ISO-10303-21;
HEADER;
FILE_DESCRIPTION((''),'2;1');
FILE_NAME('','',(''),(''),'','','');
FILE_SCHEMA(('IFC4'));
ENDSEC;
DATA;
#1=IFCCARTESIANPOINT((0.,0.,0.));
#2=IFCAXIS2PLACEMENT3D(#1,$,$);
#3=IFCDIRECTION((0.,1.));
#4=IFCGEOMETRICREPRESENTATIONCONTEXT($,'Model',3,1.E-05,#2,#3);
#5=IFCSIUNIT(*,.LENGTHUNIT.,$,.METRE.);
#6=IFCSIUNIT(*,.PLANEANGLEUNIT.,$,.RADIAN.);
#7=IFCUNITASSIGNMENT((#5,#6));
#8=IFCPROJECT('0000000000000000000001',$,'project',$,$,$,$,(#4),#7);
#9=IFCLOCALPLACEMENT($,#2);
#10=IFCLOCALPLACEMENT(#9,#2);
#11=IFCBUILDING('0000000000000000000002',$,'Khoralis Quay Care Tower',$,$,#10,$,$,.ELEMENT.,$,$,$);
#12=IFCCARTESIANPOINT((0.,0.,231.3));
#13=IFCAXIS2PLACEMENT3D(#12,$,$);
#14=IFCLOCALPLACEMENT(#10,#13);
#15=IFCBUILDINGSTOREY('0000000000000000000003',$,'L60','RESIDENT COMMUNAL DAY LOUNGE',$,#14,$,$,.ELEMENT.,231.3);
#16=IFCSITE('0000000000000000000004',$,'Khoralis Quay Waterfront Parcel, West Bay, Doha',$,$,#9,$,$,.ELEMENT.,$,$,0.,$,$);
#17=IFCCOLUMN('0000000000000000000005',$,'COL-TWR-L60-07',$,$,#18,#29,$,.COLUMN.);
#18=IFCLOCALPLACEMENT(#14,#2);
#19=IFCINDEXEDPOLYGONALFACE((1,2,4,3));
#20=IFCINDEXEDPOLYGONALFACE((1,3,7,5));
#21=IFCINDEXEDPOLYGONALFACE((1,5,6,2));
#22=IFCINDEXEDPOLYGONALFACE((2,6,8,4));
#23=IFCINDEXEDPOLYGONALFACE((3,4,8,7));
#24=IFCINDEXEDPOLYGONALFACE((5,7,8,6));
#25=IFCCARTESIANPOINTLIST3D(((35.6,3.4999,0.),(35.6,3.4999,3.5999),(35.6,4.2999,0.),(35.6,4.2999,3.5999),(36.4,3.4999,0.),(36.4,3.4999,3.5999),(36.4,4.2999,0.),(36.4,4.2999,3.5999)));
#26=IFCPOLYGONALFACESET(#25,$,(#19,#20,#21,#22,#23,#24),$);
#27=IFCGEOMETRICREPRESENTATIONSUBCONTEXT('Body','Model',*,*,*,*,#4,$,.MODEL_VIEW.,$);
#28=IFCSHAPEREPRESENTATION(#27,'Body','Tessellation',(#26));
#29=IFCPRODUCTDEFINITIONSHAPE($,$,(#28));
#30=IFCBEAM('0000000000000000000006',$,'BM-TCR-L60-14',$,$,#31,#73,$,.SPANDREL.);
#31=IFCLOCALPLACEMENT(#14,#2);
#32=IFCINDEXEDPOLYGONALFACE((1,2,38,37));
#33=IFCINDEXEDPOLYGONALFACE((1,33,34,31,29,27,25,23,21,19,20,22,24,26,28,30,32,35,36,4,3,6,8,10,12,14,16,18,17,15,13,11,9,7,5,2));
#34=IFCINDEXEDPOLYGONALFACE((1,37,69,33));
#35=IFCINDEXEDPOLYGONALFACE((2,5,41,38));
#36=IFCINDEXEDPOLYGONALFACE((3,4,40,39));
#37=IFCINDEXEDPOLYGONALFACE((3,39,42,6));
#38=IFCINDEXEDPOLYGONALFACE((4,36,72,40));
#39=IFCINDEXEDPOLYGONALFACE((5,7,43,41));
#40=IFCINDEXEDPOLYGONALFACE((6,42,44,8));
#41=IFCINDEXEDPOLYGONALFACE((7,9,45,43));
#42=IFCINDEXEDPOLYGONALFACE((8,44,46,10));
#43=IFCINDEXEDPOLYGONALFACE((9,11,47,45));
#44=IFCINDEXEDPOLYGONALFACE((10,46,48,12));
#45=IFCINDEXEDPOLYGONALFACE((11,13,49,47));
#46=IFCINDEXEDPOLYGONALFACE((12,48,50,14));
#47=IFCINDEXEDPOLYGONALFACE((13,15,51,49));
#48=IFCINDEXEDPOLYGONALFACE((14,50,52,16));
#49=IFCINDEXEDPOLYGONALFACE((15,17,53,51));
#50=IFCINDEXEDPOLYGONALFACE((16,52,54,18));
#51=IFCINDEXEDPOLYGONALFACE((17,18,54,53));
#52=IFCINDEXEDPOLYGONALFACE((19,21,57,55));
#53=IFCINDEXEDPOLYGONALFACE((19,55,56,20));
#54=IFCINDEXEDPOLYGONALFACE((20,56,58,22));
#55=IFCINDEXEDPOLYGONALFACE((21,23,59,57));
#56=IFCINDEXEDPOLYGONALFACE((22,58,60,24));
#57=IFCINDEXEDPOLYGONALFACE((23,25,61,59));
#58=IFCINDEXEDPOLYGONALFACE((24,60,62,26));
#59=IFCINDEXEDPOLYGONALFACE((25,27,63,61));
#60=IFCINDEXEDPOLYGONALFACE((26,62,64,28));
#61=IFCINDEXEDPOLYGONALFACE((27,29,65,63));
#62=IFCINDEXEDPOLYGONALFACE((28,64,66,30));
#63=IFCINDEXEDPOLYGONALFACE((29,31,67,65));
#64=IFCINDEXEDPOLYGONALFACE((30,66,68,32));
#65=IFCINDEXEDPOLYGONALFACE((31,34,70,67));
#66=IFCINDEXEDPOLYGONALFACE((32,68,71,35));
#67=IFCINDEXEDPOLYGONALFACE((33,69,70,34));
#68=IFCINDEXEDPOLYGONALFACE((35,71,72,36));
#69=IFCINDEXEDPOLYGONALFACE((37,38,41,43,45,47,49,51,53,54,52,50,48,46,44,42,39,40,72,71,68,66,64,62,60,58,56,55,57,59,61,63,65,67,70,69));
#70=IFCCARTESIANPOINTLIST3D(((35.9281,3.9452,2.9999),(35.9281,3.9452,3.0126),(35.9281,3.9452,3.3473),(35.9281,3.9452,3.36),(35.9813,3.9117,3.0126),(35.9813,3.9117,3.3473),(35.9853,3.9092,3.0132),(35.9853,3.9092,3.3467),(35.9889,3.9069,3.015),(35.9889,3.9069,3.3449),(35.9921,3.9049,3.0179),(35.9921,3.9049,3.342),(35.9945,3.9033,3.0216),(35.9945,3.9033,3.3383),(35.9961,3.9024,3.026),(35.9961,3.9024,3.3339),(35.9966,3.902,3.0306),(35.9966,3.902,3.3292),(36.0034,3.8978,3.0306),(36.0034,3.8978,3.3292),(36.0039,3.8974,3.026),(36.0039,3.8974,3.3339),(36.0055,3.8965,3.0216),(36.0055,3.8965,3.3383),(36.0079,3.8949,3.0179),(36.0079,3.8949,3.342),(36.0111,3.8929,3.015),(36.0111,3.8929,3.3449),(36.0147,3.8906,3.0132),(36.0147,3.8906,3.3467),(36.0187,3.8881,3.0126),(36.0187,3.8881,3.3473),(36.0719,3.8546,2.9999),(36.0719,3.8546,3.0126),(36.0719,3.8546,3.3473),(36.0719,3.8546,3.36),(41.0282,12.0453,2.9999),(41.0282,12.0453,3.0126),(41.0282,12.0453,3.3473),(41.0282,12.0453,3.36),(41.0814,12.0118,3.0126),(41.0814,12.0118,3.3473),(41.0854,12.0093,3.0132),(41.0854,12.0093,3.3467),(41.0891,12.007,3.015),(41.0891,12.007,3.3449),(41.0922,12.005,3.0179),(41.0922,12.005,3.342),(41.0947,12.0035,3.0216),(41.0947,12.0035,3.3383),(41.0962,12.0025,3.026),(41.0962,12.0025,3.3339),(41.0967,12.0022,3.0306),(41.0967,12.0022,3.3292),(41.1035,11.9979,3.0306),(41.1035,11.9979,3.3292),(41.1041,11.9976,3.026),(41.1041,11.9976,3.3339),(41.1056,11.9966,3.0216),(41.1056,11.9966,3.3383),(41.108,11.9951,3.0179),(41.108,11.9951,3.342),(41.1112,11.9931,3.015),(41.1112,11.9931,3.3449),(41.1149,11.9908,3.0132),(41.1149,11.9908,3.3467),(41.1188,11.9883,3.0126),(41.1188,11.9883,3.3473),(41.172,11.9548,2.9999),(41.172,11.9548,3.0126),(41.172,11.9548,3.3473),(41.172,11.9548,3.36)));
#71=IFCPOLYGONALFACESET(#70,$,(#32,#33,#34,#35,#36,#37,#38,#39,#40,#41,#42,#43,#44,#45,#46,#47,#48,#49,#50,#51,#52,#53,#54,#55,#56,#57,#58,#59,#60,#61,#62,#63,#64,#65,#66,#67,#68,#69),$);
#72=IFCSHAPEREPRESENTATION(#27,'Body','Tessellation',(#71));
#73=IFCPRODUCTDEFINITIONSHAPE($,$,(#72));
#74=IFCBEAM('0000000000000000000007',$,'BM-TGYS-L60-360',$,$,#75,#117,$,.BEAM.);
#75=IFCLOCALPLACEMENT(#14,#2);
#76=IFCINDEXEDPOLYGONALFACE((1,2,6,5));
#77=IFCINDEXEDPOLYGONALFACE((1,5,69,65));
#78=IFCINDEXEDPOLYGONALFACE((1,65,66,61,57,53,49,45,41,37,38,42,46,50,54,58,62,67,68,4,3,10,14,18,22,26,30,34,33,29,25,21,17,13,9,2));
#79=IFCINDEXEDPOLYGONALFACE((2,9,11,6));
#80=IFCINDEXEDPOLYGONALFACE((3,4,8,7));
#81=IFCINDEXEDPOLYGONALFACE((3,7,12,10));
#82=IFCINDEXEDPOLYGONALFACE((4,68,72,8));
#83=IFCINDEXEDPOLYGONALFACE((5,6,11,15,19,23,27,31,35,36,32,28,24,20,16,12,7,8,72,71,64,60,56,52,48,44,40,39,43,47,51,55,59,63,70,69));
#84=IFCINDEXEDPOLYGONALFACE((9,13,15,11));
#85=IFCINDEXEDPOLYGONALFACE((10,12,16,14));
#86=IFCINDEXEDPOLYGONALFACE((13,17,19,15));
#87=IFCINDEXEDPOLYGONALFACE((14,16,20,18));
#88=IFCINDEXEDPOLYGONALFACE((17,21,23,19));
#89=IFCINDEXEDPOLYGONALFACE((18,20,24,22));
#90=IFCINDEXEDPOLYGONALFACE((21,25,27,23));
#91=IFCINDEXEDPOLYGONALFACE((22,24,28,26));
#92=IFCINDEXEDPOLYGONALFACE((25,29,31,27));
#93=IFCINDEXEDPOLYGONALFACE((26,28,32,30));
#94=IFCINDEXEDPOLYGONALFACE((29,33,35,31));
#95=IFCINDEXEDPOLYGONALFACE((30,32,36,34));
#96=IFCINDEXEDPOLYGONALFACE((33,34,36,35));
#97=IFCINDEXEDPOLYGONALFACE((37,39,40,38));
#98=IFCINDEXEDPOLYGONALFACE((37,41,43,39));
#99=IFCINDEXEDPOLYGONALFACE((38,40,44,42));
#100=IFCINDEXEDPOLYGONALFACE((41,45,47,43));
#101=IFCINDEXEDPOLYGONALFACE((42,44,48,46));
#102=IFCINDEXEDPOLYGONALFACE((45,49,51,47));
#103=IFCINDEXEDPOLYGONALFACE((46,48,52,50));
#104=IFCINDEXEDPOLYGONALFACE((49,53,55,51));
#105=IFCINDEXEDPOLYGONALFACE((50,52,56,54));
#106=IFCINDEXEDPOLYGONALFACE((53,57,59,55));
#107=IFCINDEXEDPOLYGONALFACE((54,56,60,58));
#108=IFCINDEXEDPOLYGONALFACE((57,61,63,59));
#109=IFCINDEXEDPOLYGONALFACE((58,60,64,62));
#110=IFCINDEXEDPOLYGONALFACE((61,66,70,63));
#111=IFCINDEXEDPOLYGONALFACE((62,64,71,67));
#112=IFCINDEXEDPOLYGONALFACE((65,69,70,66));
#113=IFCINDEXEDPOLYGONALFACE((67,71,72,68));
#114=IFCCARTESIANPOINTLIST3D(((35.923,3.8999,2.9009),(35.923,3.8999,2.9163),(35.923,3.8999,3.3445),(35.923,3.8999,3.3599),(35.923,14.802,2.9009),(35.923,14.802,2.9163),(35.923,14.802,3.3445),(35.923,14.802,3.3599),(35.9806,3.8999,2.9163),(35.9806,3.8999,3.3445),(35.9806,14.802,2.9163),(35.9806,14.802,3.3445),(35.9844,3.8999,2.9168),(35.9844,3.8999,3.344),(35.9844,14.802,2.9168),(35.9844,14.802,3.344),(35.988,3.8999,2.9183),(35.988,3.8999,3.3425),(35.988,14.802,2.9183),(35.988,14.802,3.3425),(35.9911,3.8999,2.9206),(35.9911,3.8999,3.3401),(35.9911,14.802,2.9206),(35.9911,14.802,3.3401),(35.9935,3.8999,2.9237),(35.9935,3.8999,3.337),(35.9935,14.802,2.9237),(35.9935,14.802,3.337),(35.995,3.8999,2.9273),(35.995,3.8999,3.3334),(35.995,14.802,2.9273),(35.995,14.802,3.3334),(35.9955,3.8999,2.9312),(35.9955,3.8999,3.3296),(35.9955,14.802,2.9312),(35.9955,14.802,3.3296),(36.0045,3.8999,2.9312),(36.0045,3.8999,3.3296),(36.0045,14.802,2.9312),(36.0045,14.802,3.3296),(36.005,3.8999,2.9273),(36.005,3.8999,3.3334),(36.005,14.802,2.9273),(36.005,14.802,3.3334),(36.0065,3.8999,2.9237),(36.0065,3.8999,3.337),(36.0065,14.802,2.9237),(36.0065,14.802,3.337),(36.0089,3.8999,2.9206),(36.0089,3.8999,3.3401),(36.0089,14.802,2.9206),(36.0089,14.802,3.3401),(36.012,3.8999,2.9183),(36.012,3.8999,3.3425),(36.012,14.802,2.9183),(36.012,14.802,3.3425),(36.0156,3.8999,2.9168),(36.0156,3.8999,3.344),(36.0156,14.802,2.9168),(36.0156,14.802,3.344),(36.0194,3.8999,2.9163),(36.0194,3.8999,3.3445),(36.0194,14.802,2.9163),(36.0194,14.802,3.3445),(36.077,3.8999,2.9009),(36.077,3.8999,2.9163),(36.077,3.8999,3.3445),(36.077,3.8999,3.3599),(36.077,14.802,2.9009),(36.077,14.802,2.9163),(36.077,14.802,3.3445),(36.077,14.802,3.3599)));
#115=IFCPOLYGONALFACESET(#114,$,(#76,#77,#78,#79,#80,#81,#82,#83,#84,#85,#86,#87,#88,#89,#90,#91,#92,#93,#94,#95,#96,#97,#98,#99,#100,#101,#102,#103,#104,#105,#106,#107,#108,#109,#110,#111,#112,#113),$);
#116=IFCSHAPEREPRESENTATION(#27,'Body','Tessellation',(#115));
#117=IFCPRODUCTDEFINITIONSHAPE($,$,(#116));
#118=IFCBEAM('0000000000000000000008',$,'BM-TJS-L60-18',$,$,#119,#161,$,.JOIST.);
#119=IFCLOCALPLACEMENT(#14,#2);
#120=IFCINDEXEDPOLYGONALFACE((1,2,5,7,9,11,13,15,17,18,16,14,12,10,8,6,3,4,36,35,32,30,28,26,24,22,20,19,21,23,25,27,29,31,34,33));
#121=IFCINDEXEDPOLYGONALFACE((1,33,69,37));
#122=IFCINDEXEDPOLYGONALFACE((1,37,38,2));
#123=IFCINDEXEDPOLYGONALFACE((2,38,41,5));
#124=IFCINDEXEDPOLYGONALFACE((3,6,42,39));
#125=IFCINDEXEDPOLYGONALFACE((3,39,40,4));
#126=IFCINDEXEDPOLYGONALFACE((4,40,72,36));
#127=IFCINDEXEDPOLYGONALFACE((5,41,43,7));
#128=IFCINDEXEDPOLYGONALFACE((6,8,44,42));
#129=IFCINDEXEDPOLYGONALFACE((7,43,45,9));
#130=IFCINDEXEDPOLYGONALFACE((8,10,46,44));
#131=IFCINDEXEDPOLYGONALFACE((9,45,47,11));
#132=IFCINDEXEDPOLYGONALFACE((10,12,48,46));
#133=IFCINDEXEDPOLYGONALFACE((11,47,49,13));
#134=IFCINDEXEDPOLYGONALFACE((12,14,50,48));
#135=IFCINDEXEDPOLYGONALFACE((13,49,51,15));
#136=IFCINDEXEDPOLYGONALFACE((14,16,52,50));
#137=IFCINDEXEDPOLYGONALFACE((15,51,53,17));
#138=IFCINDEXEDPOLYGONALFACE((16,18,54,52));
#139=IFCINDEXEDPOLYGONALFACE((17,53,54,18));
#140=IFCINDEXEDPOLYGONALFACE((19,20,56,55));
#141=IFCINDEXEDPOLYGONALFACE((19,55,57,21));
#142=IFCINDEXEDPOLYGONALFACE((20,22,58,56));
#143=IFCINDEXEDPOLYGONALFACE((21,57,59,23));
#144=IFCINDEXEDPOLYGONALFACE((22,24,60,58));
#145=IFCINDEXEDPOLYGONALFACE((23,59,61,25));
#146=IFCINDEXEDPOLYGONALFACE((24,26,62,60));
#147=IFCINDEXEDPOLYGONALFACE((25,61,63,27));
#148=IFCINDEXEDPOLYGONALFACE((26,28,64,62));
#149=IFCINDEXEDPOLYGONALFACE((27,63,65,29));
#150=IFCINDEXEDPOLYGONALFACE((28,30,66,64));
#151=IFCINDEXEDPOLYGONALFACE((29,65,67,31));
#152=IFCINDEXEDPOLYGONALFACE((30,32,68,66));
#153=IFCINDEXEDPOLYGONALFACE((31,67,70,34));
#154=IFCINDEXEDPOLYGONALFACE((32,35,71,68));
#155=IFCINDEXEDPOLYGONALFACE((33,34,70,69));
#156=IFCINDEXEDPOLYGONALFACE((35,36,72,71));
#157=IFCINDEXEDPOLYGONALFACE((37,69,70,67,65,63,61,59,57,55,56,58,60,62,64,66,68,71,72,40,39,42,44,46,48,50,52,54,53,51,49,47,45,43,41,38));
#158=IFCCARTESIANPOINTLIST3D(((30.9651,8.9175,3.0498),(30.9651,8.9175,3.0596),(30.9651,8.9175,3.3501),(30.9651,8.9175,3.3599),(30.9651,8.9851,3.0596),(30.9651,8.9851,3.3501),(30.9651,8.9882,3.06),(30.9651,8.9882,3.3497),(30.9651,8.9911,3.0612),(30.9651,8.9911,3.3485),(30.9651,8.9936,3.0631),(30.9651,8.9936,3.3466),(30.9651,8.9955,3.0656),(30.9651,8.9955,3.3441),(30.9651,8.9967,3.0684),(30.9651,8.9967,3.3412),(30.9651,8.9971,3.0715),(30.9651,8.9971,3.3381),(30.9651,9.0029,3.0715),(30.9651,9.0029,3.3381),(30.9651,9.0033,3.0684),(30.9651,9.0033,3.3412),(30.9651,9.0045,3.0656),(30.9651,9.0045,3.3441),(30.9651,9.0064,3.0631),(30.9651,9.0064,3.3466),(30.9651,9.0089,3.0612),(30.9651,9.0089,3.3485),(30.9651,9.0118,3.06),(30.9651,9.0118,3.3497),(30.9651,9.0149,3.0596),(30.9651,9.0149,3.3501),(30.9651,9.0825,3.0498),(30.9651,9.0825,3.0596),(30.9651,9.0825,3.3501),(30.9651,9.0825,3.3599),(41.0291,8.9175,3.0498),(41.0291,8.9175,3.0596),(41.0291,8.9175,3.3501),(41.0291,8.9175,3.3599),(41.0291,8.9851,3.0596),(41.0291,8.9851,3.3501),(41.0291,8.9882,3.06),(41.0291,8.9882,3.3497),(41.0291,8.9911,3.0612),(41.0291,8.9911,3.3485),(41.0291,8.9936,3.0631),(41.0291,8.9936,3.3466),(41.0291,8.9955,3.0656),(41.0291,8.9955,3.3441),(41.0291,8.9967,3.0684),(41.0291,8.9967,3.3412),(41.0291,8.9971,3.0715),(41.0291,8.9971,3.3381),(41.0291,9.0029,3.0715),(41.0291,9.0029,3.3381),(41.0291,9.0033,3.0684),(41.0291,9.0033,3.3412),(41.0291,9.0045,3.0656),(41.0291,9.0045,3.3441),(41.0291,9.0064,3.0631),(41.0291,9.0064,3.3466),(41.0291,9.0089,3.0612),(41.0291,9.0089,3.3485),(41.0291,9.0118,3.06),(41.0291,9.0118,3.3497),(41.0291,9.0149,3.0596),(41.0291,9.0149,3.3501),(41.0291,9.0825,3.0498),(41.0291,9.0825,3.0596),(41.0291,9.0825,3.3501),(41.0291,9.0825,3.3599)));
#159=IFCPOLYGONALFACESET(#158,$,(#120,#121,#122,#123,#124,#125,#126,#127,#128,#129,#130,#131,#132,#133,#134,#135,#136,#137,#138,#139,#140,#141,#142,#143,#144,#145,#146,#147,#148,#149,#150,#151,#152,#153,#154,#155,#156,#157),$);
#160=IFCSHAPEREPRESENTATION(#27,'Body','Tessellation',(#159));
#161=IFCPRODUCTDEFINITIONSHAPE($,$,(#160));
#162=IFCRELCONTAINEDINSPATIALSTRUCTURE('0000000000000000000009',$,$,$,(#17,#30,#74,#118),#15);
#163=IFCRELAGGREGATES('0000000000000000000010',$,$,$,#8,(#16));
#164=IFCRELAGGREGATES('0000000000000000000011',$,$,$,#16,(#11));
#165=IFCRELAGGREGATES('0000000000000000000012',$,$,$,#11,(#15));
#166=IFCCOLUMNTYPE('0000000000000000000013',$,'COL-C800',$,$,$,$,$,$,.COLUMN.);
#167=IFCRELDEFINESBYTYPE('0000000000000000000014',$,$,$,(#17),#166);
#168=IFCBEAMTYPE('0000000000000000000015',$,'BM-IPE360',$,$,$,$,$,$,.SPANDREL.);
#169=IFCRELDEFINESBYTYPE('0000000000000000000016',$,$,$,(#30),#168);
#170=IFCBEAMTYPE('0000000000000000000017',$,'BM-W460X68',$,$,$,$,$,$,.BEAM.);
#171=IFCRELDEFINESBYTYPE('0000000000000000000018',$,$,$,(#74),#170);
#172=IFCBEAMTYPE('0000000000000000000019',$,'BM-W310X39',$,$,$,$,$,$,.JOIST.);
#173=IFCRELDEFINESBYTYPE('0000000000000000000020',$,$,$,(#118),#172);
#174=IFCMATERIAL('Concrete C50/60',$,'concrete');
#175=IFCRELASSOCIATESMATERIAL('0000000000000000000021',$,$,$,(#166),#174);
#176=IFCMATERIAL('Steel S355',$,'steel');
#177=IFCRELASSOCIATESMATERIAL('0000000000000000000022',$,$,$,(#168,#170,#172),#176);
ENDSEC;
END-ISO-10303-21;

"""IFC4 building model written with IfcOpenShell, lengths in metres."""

from ifc_helpers import new_model, si_unit, direction, frame, origin, origin_2d, place, context, subcontext, project, spatial, rectangle, i_section, extrude, source, transform, mapped, material, material_profile, profile_set, type_object, element, save


model = new_model("IFC4")

# Units and contexts
model_context = context("Model", 3, precision=1e-05, world=origin(), true_north=direction((0.0, 1.0)))
body_context = subcontext(model_context, "Body", "Model", "MODEL_VIEW")
ifc_project = project(units=[si_unit("LENGTHUNIT", "METRE"), si_unit("PLANEANGLEUNIT", "RADIAN")], contexts=[model_context])

# Site, building, storey
site_placement = place(None, origin())
site = spatial("IfcSite", under=ifc_project, at=site_placement, Name="Khoralis Quay Waterfront Parcel, West Bay, Doha", CompositionType="ELEMENT", RefElevation=0.0)
building_placement = place(site_placement, origin())
building = spatial("IfcBuilding", under=site, at=building_placement, Name="Khoralis Quay Care Tower", CompositionType="ELEMENT")
storey_placement = place(building_placement, frame((0.0, 0.0, 231.3)))
storey = spatial("IfcBuildingStorey", under=building, at=storey_placement, Name="L60", Description="RESIDENT COMMUNAL DAY LOUNGE", CompositionType="ELEMENT", Elevation=231.3)

# Column
ifc_material_1 = material(Name="Concrete C50/60", Category="concrete")
ifc_material_profile_1 = material_profile(ifc_material_1, rectangle(XDim=0.8, YDim=0.8, at=origin_2d()), Name="Concrete C50/60")
ifc_profile_set_1 = profile_set([ifc_material_profile_1], Name="Concrete C50/60")
column_type = type_object("IfcColumnType", Name="COL-C800", PredefinedType="COLUMN", material=ifc_profile_set_1)
shared_shape_1 = source(origin(), body_context, "Body", "SweptSolid", [
    extrude(rectangle(XDim=0.8, YDim=0.8, at=origin_2d()), origin(), (0.0, 0.0, 1.0), 3.5999),
])
column_placement = place(storey_placement, frame((36.0, 3.8999, 0.0), z_axis=(0.0, 0.0, 1.0), x_axis=(1.0, 0.0, 0.0)))
element("IfcColumn", 1, at=column_placement, inside=storey, type_object=column_type, Name="COL-TWR-L60-07", PredefinedType="COLUMN", context=body_context, shape_type="MappedRepresentation", body=[
    mapped(shared_shape_1, transform((0.0, 0.0, 0.0), scale=1.0)),
])

# Beams
ifc_material_2 = material(Name="Steel S355", Category="steel")
ifc_material_profile_2 = material_profile(ifc_material_2, i_section(OverallWidth=0.1699, OverallDepth=0.3601, WebThickness=0.0081, FlangeThickness=0.0127, FilletRadius=0.0181, at=origin_2d()), Name="Steel S355")
ifc_profile_set_2 = profile_set([ifc_material_profile_2], Name="Steel S355")
beam_type_1 = type_object("IfcBeamType", Name="BM-IPE360", PredefinedType="SPANDREL", material=ifc_profile_set_2)
shared_shape_2 = source(origin(), body_context, "Body", "SweptSolid", [
    extrude(i_section(OverallWidth=0.1699, OverallDepth=0.3601, WebThickness=0.0081, FlangeThickness=0.0127, FilletRadius=0.0181, at=origin_2d()), origin(), (0.0, 0.0, 1.0), 9.572),
])
beam_1_placement = place(storey_placement, frame((36.0, 3.8999, 3.1799), z_axis=(0.532816, 0.846231, 0.0), x_axis=(-0.846231, 0.532816, 0.0)))
element("IfcBeam", 2, at=beam_1_placement, inside=storey, type_object=beam_type_1, Name="BM-TCR-L60-14", PredefinedType="SPANDREL", context=body_context, shape_type="MappedRepresentation", body=[
    mapped(shared_shape_2, transform((0.0, 0.0, 0.0), scale=1.0)),
])
ifc_material_profile_3 = material_profile(ifc_material_2, i_section(OverallWidth=0.1541, OverallDepth=0.459, WebThickness=0.009, FlangeThickness=0.0154, FilletRadius=0.0149, at=origin_2d()), Name="Steel S355")
ifc_profile_set_3 = profile_set([ifc_material_profile_3], Name="Steel S355")
beam_type_2 = type_object("IfcBeamType", Name="BM-W460X68", PredefinedType="BEAM", material=ifc_profile_set_3)
shared_shape_3 = source(origin(), body_context, "Body", "SweptSolid", [
    extrude(i_section(OverallWidth=0.1541, OverallDepth=0.459, WebThickness=0.009, FlangeThickness=0.0154, FilletRadius=0.0149, at=origin_2d()), origin(), (0.0, 0.0, 1.0), 10.9021),
])
beam_2_placement = place(storey_placement, frame((36.0, 3.8999, 3.1304), z_axis=(0.0, 1.0, 0.0), x_axis=(-1.0, 0.0, 0.0)))
element("IfcBeam", 3, at=beam_2_placement, inside=storey, type_object=beam_type_2, Name="BM-TGYS-L60-360", PredefinedType="BEAM", context=body_context, shape_type="MappedRepresentation", body=[
    mapped(shared_shape_3, transform((0.0, 0.0, 0.0), scale=1.0)),
])
ifc_material_profile_4 = material_profile(ifc_material_2, i_section(OverallWidth=0.165, OverallDepth=0.3101, WebThickness=0.0059, FlangeThickness=0.0098, FilletRadius=0.012, at=origin_2d()), Name="Steel S355")
ifc_profile_set_4 = profile_set([ifc_material_profile_4], Name="Steel S355")
beam_type_3 = type_object("IfcBeamType", Name="BM-W310X39", PredefinedType="JOIST", material=ifc_profile_set_4)
shared_shape_4 = source(origin(), body_context, "Body", "SweptSolid", [
    extrude(i_section(OverallWidth=0.165, OverallDepth=0.3101, WebThickness=0.0059, FlangeThickness=0.0098, FilletRadius=0.012, at=origin_2d()), origin(), (0.0, 0.0, 1.0), 10.064),
])
beam_3_placement = place(storey_placement, frame((30.9651, 9.0, 3.2048), z_axis=(1.0, 0.0, 0.0), x_axis=(0.0, 1.0, 0.0)))
element("IfcBeam", 4, at=beam_3_placement, inside=storey, type_object=beam_type_3, Name="BM-TJS-L60-18", PredefinedType="JOIST", context=body_context, shape_type="MappedRepresentation", body=[
    mapped(shared_shape_4, transform((0.0, 0.0, 0.0), scale=1.0)),
])

save(model, "model.ifc")
